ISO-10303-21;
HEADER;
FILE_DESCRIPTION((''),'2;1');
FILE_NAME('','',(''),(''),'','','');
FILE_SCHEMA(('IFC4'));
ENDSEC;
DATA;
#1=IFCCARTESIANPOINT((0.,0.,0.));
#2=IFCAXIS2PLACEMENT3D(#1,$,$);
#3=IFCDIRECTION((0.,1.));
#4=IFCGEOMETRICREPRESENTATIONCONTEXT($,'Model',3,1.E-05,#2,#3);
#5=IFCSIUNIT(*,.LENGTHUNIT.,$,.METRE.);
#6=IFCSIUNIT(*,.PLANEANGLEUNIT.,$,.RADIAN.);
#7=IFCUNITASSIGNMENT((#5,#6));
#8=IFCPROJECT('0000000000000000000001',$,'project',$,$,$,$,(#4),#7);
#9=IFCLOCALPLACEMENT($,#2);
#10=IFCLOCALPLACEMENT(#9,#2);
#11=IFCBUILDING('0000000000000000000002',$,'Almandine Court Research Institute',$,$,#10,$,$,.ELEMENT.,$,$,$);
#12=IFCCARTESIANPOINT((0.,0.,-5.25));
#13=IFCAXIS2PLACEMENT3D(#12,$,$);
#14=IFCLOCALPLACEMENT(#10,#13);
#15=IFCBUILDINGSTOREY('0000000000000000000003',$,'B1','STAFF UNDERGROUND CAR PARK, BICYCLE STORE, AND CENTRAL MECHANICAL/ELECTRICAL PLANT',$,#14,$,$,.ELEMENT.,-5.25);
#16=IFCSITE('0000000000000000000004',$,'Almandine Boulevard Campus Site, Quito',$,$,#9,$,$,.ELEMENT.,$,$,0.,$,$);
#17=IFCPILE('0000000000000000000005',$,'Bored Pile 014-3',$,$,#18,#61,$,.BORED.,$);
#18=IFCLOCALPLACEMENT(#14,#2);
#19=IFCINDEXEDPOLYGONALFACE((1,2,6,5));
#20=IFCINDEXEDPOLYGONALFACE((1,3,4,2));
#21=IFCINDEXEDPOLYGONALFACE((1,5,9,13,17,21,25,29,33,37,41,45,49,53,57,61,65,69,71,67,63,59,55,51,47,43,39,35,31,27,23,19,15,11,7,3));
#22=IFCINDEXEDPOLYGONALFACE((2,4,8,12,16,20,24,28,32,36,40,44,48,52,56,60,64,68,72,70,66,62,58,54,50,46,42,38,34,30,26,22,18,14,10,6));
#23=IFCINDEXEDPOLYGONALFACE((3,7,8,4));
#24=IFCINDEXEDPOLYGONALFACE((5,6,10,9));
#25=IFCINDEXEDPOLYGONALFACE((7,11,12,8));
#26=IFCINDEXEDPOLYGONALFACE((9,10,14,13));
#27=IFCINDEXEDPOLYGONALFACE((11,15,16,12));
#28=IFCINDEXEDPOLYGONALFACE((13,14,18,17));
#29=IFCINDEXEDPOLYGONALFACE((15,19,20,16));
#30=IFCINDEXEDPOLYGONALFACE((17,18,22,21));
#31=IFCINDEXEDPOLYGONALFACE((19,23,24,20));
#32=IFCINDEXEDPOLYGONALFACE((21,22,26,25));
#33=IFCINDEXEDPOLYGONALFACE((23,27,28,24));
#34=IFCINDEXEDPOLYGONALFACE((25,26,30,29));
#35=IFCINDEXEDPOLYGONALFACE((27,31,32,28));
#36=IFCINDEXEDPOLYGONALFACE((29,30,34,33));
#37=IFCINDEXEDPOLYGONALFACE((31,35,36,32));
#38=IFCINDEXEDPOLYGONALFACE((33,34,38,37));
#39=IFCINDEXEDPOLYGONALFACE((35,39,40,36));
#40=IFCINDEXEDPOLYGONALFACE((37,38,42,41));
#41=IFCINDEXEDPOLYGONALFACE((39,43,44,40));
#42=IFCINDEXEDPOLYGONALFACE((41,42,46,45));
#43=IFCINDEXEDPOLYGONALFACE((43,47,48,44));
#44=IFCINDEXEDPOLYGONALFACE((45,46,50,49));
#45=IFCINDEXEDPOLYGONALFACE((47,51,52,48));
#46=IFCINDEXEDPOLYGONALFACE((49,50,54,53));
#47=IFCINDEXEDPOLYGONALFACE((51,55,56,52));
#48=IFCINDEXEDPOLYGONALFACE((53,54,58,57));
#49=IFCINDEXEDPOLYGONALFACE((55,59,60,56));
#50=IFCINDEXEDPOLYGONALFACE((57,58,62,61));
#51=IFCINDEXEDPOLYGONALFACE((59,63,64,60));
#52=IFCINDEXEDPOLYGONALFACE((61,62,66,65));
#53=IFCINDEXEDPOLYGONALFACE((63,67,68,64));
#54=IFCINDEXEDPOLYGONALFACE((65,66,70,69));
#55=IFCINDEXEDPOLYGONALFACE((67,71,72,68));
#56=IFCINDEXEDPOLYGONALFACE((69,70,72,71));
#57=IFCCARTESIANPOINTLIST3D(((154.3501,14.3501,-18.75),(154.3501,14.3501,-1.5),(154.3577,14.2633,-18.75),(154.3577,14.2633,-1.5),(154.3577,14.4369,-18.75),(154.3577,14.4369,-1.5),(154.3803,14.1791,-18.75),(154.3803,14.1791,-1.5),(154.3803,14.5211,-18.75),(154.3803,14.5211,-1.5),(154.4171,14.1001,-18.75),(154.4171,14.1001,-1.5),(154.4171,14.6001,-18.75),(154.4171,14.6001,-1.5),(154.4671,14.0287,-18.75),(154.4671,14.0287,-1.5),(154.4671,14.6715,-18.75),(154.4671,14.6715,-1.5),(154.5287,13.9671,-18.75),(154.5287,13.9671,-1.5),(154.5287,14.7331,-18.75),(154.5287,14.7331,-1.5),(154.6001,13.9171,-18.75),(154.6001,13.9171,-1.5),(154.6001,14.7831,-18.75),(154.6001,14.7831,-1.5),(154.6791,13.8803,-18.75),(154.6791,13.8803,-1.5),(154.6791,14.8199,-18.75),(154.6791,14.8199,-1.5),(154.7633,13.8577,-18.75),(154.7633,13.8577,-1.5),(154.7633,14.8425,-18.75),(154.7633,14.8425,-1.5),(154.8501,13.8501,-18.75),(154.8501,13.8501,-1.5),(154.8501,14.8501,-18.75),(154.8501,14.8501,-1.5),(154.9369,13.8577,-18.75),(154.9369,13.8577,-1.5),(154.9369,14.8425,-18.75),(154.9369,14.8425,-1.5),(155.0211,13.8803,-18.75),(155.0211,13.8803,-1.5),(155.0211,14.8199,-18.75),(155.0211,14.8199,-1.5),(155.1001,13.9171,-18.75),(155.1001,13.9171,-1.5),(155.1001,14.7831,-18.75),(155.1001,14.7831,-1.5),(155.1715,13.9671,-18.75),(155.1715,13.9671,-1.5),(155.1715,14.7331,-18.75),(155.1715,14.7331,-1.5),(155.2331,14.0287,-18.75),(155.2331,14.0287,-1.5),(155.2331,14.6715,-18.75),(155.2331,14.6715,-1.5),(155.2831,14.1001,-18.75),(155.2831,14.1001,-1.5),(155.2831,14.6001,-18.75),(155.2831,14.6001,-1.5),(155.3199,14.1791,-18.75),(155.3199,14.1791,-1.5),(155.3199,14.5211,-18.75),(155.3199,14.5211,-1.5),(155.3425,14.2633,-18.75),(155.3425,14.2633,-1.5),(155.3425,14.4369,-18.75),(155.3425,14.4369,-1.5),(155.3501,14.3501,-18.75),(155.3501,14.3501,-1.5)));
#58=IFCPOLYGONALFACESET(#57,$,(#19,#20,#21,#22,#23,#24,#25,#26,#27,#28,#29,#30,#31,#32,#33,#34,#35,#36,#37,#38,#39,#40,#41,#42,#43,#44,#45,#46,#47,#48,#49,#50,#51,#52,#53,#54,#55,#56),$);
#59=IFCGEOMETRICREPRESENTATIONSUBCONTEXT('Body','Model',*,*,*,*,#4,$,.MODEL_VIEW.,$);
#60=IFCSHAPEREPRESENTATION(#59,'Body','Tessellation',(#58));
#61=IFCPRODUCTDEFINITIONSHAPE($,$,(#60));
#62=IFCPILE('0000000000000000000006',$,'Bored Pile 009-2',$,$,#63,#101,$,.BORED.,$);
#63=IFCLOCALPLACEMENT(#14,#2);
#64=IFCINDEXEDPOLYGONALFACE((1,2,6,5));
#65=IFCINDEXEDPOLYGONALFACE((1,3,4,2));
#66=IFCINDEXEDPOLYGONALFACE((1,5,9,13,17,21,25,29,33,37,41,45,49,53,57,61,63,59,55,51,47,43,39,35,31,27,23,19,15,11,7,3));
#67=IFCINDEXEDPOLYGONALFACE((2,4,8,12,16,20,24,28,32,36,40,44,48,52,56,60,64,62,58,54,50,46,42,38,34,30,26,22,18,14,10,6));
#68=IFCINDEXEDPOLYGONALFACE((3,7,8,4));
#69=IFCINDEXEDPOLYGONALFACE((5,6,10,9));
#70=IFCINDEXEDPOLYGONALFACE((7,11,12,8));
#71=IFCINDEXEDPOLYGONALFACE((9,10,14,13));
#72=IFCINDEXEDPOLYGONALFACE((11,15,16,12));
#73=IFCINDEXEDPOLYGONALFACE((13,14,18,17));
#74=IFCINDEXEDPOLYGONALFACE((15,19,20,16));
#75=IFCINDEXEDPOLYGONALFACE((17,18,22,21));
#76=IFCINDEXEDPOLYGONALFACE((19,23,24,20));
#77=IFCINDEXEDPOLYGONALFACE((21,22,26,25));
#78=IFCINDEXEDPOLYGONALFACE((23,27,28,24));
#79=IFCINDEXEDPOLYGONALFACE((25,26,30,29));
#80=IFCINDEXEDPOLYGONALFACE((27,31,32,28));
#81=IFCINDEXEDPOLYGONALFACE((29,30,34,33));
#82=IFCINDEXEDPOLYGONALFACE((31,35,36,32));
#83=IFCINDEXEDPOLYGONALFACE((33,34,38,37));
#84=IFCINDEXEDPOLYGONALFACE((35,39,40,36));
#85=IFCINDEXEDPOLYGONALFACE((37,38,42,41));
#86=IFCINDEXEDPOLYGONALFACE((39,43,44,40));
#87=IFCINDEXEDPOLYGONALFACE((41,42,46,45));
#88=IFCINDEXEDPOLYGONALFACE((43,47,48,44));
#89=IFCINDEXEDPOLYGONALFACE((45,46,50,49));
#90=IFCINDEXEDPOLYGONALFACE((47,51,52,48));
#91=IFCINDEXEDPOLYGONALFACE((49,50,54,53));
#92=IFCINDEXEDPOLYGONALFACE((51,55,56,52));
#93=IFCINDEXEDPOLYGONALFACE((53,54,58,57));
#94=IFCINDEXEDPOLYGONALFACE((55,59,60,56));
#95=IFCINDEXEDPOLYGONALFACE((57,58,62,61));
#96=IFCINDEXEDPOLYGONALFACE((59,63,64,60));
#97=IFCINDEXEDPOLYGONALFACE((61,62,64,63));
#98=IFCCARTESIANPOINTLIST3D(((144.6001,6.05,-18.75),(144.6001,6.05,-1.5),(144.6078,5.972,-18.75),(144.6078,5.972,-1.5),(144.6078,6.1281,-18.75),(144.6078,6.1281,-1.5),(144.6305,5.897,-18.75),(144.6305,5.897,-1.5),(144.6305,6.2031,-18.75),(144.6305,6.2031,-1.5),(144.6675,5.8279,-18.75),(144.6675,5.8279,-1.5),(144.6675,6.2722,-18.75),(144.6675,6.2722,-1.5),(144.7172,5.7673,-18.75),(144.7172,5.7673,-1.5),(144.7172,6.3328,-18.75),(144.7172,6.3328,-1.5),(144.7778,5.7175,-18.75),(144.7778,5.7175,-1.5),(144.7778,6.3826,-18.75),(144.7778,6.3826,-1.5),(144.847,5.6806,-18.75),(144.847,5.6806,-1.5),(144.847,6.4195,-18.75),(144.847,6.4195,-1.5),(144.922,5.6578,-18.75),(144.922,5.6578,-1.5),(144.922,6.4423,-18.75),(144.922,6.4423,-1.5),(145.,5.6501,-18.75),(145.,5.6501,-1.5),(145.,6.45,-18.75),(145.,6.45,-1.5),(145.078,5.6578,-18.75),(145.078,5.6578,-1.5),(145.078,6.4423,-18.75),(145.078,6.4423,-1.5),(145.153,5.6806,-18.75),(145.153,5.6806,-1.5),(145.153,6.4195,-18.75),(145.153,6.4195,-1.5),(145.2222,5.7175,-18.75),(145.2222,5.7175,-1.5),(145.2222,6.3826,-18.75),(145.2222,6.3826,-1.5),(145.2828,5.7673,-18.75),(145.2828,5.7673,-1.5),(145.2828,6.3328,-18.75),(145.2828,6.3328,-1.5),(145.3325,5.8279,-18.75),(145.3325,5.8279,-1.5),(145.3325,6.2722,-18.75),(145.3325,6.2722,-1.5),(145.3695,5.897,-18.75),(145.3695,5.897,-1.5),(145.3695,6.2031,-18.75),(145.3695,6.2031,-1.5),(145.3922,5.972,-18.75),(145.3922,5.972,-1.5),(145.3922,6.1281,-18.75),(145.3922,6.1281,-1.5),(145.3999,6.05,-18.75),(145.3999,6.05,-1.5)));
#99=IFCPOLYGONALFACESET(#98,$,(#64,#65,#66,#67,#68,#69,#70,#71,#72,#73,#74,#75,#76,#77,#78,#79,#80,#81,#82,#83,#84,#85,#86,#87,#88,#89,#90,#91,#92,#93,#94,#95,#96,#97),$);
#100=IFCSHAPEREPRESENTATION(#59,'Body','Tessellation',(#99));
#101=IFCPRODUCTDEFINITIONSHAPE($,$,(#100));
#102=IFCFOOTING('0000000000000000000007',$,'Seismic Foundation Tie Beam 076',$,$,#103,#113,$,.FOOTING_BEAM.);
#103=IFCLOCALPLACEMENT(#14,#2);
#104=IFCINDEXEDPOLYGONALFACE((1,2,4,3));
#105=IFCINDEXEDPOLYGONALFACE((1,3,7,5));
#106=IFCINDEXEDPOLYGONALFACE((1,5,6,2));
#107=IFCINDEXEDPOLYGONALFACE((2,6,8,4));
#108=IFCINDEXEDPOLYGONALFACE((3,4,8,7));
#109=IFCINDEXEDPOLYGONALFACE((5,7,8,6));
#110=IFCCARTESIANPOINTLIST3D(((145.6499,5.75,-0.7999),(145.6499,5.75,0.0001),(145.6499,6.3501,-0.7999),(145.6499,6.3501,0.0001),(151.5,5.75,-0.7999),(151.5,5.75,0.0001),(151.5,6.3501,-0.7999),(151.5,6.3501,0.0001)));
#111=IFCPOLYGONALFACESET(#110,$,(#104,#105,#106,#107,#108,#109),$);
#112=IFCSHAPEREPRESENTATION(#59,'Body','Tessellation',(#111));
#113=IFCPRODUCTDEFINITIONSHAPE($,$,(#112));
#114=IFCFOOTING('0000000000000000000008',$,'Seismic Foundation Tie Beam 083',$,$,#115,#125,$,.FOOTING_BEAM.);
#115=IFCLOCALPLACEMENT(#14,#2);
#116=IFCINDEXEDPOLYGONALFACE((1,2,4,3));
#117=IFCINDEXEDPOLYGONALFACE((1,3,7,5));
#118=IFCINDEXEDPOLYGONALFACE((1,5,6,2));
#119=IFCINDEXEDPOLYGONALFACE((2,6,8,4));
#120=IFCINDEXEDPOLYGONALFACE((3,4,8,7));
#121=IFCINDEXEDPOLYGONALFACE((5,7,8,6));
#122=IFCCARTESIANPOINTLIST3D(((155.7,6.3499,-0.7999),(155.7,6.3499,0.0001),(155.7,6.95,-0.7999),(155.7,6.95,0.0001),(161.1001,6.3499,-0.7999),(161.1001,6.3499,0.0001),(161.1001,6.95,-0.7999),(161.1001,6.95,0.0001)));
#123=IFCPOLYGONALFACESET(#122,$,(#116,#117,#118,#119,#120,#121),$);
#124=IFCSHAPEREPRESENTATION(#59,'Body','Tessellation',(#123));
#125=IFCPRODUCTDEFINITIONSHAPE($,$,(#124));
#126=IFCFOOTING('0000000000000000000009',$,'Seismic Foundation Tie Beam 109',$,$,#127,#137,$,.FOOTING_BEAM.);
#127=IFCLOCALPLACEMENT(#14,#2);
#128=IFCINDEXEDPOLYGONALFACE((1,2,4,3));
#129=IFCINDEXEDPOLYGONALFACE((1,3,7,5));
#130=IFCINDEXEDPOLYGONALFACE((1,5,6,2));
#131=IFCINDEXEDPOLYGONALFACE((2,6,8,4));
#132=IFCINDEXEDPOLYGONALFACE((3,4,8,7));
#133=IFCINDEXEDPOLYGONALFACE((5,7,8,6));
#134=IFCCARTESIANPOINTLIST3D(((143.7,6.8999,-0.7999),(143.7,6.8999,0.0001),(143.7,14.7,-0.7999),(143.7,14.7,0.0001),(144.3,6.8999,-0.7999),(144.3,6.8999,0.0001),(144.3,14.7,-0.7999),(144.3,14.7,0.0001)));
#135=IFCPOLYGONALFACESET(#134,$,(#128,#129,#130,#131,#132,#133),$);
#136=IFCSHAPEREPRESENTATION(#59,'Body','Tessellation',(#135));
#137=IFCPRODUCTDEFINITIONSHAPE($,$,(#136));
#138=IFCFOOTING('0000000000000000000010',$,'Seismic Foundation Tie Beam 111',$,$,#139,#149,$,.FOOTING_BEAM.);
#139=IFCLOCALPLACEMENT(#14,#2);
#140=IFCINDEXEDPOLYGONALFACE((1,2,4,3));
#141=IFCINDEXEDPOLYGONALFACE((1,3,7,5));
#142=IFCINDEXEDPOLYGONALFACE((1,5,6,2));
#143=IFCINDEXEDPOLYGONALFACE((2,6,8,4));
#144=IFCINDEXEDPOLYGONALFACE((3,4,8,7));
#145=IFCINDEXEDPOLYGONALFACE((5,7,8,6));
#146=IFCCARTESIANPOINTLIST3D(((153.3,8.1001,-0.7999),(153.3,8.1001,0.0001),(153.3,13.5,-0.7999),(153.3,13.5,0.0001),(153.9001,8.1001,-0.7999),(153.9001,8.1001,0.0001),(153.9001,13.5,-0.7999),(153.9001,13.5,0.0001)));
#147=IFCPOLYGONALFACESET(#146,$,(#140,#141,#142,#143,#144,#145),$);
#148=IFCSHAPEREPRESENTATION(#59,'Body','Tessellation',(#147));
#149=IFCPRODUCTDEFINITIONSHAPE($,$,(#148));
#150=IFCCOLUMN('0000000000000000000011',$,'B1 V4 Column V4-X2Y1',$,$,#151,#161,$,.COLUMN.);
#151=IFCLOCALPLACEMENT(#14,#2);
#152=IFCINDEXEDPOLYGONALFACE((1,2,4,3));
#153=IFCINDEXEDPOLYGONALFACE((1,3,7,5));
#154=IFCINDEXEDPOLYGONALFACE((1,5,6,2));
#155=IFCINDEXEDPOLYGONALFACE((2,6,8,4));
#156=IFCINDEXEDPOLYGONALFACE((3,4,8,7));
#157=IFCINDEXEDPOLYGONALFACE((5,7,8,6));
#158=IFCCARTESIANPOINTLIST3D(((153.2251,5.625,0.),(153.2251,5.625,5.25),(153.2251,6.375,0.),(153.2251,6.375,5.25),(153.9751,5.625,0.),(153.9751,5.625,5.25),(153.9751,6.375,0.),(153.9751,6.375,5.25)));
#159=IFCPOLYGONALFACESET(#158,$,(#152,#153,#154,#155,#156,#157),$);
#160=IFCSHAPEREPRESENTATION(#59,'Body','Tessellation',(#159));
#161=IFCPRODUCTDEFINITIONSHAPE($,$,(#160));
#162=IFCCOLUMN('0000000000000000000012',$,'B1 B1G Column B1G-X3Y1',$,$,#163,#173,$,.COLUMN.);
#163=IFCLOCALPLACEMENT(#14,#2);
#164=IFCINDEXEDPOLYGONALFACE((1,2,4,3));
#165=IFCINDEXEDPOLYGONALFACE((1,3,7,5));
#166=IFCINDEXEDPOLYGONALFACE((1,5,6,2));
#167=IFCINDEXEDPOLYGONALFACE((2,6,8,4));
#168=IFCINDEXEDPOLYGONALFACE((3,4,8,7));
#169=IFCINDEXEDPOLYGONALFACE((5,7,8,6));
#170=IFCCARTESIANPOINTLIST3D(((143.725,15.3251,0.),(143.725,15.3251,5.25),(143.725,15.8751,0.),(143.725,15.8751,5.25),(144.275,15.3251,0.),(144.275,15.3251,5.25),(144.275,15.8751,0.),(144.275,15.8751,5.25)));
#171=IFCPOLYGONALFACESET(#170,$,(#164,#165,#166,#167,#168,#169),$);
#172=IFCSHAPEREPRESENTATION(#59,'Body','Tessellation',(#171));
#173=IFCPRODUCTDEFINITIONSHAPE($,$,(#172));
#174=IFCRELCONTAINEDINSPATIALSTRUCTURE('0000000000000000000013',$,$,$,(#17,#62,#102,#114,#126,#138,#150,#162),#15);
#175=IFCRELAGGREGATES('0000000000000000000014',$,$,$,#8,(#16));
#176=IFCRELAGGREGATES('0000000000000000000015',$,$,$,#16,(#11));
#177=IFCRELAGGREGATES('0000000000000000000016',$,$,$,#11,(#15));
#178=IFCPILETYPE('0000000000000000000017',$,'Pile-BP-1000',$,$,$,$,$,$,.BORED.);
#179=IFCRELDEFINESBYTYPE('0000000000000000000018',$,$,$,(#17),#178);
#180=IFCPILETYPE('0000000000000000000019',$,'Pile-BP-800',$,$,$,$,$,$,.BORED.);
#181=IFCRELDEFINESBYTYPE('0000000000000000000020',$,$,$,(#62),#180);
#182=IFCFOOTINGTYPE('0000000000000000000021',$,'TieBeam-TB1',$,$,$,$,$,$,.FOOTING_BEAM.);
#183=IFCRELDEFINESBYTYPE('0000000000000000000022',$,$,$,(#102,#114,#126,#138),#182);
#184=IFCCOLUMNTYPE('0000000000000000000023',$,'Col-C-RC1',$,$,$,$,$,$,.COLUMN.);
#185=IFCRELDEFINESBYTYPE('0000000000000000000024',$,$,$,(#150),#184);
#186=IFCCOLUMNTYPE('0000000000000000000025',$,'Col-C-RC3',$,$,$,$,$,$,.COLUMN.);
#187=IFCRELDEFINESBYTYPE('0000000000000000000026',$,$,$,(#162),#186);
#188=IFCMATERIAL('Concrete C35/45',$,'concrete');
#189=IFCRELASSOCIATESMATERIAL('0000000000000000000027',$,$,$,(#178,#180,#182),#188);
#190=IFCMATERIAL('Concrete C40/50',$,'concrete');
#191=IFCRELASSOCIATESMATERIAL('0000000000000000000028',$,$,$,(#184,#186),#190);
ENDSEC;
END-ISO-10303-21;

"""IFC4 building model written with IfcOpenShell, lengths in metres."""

from ifc_helpers import new_model, si_unit, direction, frame, origin, origin_2d, place, context, subcontext, project, spatial, rectangle, circle, extrude, material, material_profile, profile_set, type_object, element, save


model = new_model("IFC4")

# Units and contexts
model_context = context("Model", 3, precision=1e-05, world=origin(), true_north=direction((0.0, 1.0)))
body_context = subcontext(model_context, "Body", "Model", "MODEL_VIEW")
ifc_project = project(units=[si_unit("LENGTHUNIT", "METRE"), si_unit("PLANEANGLEUNIT", "RADIAN")], contexts=[model_context])

# Site, building, storey
site_placement = place(None, origin())
site = spatial("IfcSite", under=ifc_project, at=site_placement, Name="Almandine Boulevard Campus Site, Quito", CompositionType="ELEMENT", RefElevation=0.0)
building_placement = place(site_placement, origin())
building = spatial("IfcBuilding", under=site, at=building_placement, Name="Almandine Court Research Institute", CompositionType="ELEMENT")
storey_placement = place(building_placement, frame((0.0, 0.0, -5.25)))
storey = spatial("IfcBuildingStorey", under=building, at=storey_placement, Name="B1", Description="STAFF UNDERGROUND CAR PARK, BICYCLE STORE, AND CENTRAL MECHANICAL/ELECTRICAL PLANT", CompositionType="ELEMENT", Elevation=-5.25)

# Shared definitions
ifc_material_1 = material(Name="Concrete C35/45", Category="concrete")

# Piles
ifc_material_profile_1 = material_profile(ifc_material_1, circle(Radius=0.5, at=origin_2d()), Name="BORED PILE D1000")
ifc_profile_set_1 = profile_set([ifc_material_profile_1], Name="Concrete C35/45")
pile_type_1 = type_object("IfcPileType", Name="Pile-BP-1000", PredefinedType="BORED", material=ifc_profile_set_1)
for number, where, z_axis, x_axis, name in (
    (1, (154.8501, 14.3501, -1.5), (0.0, 0.0, -1.0), (1.0, 0.0, 0.0), "Bored Pile 014-3"),
):
    element("IfcPile", number, at=place(storey_placement, frame(where, z_axis=z_axis, x_axis=x_axis)), inside=storey, type_object=pile_type_1, Name=name, PredefinedType="BORED", context=body_context, shape_type="SweptSolid", body=[
        extrude(circle(Radius=0.5, at=origin_2d()), origin(), (0.0, 0.0, 1.0), 17.25),
    ])
ifc_material_profile_2 = material_profile(ifc_material_1, circle(Radius=0.3999, at=origin_2d()), Name="BORED PILE D800")
ifc_profile_set_2 = profile_set([ifc_material_profile_2], Name="Concrete C35/45")
pile_type_2 = type_object("IfcPileType", Name="Pile-BP-800", PredefinedType="BORED", material=ifc_profile_set_2)
pile_placement = place(storey_placement, frame((145.0, 6.05, -1.5), z_axis=(0.0, 0.0, -1.0), x_axis=(1.0, 0.0, 0.0)))
element("IfcPile", 2, at=pile_placement, inside=storey, type_object=pile_type_2, Name="Bored Pile 009-2", PredefinedType="BORED", context=body_context, shape_type="SweptSolid", body=[
    extrude(circle(Radius=0.3999, at=origin_2d()), origin(), (0.0, 0.0, 1.0), 17.25),
])

# Footings
ifc_material_profile_3 = material_profile(ifc_material_1, rectangle(XDim=0.6001, YDim=0.8, at=origin_2d()), Name="RC TIE 600x800")
ifc_profile_set_3 = profile_set([ifc_material_profile_3], Name="Concrete C35/45")
footing_type_1 = type_object("IfcFootingType", Name="TieBeam-TB1", PredefinedType="FOOTING_BEAM", material=ifc_profile_set_3)
footing_1_placement = place(storey_placement, frame((145.6499, 6.05, -0.3999), z_axis=(1.0, 0.0, 0.0), x_axis=(0.0, 1.0, 0.0)))
element("IfcFooting", 3, at=footing_1_placement, inside=storey, type_object=footing_type_1, Name="Seismic Foundation Tie Beam 076", PredefinedType="FOOTING_BEAM", context=body_context, shape_type="SweptSolid", body=[
    extrude(rectangle(XDim=0.6001, YDim=0.8, at=origin_2d()), origin(), (0.0, 0.0, 1.0), 5.8501),
])
footing_2_placement = place(storey_placement, frame((155.7, 6.6499, -0.3999), z_axis=(1.0, 0.0, 0.0), x_axis=(0.0, 1.0, 0.0)))
element("IfcFooting", 4, at=footing_2_placement, inside=storey, type_object=footing_type_1, Name="Seismic Foundation Tie Beam 083", PredefinedType="FOOTING_BEAM", context=body_context, shape_type="SweptSolid", body=[
    extrude(rectangle(XDim=0.6001, YDim=0.8, at=origin_2d()), origin(), (0.0, 0.0, 1.0), 5.4001),
])
footing_3_placement = place(storey_placement, frame((144.0, 6.8999, -0.3999), z_axis=(0.0, 1.0, 0.0), x_axis=(-1.0, 0.0, 0.0)))
element("IfcFooting", 5, at=footing_3_placement, inside=storey, type_object=footing_type_1, Name="Seismic Foundation Tie Beam 109", PredefinedType="FOOTING_BEAM", context=body_context, shape_type="SweptSolid", body=[
    extrude(rectangle(XDim=0.6001, YDim=0.8, at=origin_2d()), origin(), (0.0, 0.0, 1.0), 7.8),
])
footing_4_placement = place(storey_placement, frame((153.6001, 8.1001, -0.3999), z_axis=(0.0, 1.0, 0.0), x_axis=(-1.0, 0.0, 0.0)))
element("IfcFooting", 6, at=footing_4_placement, inside=storey, type_object=footing_type_1, Name="Seismic Foundation Tie Beam 111", PredefinedType="FOOTING_BEAM", context=body_context, shape_type="SweptSolid", body=[
    extrude(rectangle(XDim=0.6001, YDim=0.8, at=origin_2d()), origin(), (0.0, 0.0, 1.0), 5.3999),
])

# Columns
ifc_material_2 = material(Name="Concrete C40/50", Category="concrete")
ifc_material_profile_4 = material_profile(ifc_material_2, rectangle(XDim=0.75, YDim=0.75, at=origin_2d()), Name="RC 750x750")
ifc_profile_set_4 = profile_set([ifc_material_profile_4], Name="Concrete C40/50")
column_type_1 = type_object("IfcColumnType", Name="Col-C-RC1", PredefinedType="COLUMN", material=ifc_profile_set_4)
column_1_placement = place(storey_placement, frame((153.6001, 6.0, 0.0), z_axis=(0.0, 0.0, 1.0), x_axis=(1.0, 0.0, 0.0)))
element("IfcColumn", 7, at=column_1_placement, inside=storey, type_object=column_type_1, Name="B1 V4 Column V4-X2Y1", PredefinedType="COLUMN", context=body_context, shape_type="SweptSolid", body=[
    extrude(rectangle(XDim=0.75, YDim=0.75, at=origin_2d()), origin(), (0.0, 0.0, 1.0), 5.25),
])
ifc_material_profile_5 = material_profile(ifc_material_2, rectangle(XDim=0.55, YDim=0.55, at=origin_2d()), Name="RC 550x550")
ifc_profile_set_5 = profile_set([ifc_material_profile_5], Name="Concrete C40/50")
column_type_2 = type_object("IfcColumnType", Name="Col-C-RC3", PredefinedType="COLUMN", material=ifc_profile_set_5)
column_2_placement = place(storey_placement, frame((144.0, 15.6001, 0.0), z_axis=(0.0, 0.0, 1.0), x_axis=(1.0, 0.0, 0.0)))
element("IfcColumn", 8, at=column_2_placement, inside=storey, type_object=column_type_2, Name="B1 B1G Column B1G-X3Y1", PredefinedType="COLUMN", context=body_context, shape_type="SweptSolid", body=[
    extrude(rectangle(XDim=0.55, YDim=0.55, at=origin_2d()), origin(), (0.0, 0.0, 1.0), 5.25),
])

save(model, "model.ifc")
